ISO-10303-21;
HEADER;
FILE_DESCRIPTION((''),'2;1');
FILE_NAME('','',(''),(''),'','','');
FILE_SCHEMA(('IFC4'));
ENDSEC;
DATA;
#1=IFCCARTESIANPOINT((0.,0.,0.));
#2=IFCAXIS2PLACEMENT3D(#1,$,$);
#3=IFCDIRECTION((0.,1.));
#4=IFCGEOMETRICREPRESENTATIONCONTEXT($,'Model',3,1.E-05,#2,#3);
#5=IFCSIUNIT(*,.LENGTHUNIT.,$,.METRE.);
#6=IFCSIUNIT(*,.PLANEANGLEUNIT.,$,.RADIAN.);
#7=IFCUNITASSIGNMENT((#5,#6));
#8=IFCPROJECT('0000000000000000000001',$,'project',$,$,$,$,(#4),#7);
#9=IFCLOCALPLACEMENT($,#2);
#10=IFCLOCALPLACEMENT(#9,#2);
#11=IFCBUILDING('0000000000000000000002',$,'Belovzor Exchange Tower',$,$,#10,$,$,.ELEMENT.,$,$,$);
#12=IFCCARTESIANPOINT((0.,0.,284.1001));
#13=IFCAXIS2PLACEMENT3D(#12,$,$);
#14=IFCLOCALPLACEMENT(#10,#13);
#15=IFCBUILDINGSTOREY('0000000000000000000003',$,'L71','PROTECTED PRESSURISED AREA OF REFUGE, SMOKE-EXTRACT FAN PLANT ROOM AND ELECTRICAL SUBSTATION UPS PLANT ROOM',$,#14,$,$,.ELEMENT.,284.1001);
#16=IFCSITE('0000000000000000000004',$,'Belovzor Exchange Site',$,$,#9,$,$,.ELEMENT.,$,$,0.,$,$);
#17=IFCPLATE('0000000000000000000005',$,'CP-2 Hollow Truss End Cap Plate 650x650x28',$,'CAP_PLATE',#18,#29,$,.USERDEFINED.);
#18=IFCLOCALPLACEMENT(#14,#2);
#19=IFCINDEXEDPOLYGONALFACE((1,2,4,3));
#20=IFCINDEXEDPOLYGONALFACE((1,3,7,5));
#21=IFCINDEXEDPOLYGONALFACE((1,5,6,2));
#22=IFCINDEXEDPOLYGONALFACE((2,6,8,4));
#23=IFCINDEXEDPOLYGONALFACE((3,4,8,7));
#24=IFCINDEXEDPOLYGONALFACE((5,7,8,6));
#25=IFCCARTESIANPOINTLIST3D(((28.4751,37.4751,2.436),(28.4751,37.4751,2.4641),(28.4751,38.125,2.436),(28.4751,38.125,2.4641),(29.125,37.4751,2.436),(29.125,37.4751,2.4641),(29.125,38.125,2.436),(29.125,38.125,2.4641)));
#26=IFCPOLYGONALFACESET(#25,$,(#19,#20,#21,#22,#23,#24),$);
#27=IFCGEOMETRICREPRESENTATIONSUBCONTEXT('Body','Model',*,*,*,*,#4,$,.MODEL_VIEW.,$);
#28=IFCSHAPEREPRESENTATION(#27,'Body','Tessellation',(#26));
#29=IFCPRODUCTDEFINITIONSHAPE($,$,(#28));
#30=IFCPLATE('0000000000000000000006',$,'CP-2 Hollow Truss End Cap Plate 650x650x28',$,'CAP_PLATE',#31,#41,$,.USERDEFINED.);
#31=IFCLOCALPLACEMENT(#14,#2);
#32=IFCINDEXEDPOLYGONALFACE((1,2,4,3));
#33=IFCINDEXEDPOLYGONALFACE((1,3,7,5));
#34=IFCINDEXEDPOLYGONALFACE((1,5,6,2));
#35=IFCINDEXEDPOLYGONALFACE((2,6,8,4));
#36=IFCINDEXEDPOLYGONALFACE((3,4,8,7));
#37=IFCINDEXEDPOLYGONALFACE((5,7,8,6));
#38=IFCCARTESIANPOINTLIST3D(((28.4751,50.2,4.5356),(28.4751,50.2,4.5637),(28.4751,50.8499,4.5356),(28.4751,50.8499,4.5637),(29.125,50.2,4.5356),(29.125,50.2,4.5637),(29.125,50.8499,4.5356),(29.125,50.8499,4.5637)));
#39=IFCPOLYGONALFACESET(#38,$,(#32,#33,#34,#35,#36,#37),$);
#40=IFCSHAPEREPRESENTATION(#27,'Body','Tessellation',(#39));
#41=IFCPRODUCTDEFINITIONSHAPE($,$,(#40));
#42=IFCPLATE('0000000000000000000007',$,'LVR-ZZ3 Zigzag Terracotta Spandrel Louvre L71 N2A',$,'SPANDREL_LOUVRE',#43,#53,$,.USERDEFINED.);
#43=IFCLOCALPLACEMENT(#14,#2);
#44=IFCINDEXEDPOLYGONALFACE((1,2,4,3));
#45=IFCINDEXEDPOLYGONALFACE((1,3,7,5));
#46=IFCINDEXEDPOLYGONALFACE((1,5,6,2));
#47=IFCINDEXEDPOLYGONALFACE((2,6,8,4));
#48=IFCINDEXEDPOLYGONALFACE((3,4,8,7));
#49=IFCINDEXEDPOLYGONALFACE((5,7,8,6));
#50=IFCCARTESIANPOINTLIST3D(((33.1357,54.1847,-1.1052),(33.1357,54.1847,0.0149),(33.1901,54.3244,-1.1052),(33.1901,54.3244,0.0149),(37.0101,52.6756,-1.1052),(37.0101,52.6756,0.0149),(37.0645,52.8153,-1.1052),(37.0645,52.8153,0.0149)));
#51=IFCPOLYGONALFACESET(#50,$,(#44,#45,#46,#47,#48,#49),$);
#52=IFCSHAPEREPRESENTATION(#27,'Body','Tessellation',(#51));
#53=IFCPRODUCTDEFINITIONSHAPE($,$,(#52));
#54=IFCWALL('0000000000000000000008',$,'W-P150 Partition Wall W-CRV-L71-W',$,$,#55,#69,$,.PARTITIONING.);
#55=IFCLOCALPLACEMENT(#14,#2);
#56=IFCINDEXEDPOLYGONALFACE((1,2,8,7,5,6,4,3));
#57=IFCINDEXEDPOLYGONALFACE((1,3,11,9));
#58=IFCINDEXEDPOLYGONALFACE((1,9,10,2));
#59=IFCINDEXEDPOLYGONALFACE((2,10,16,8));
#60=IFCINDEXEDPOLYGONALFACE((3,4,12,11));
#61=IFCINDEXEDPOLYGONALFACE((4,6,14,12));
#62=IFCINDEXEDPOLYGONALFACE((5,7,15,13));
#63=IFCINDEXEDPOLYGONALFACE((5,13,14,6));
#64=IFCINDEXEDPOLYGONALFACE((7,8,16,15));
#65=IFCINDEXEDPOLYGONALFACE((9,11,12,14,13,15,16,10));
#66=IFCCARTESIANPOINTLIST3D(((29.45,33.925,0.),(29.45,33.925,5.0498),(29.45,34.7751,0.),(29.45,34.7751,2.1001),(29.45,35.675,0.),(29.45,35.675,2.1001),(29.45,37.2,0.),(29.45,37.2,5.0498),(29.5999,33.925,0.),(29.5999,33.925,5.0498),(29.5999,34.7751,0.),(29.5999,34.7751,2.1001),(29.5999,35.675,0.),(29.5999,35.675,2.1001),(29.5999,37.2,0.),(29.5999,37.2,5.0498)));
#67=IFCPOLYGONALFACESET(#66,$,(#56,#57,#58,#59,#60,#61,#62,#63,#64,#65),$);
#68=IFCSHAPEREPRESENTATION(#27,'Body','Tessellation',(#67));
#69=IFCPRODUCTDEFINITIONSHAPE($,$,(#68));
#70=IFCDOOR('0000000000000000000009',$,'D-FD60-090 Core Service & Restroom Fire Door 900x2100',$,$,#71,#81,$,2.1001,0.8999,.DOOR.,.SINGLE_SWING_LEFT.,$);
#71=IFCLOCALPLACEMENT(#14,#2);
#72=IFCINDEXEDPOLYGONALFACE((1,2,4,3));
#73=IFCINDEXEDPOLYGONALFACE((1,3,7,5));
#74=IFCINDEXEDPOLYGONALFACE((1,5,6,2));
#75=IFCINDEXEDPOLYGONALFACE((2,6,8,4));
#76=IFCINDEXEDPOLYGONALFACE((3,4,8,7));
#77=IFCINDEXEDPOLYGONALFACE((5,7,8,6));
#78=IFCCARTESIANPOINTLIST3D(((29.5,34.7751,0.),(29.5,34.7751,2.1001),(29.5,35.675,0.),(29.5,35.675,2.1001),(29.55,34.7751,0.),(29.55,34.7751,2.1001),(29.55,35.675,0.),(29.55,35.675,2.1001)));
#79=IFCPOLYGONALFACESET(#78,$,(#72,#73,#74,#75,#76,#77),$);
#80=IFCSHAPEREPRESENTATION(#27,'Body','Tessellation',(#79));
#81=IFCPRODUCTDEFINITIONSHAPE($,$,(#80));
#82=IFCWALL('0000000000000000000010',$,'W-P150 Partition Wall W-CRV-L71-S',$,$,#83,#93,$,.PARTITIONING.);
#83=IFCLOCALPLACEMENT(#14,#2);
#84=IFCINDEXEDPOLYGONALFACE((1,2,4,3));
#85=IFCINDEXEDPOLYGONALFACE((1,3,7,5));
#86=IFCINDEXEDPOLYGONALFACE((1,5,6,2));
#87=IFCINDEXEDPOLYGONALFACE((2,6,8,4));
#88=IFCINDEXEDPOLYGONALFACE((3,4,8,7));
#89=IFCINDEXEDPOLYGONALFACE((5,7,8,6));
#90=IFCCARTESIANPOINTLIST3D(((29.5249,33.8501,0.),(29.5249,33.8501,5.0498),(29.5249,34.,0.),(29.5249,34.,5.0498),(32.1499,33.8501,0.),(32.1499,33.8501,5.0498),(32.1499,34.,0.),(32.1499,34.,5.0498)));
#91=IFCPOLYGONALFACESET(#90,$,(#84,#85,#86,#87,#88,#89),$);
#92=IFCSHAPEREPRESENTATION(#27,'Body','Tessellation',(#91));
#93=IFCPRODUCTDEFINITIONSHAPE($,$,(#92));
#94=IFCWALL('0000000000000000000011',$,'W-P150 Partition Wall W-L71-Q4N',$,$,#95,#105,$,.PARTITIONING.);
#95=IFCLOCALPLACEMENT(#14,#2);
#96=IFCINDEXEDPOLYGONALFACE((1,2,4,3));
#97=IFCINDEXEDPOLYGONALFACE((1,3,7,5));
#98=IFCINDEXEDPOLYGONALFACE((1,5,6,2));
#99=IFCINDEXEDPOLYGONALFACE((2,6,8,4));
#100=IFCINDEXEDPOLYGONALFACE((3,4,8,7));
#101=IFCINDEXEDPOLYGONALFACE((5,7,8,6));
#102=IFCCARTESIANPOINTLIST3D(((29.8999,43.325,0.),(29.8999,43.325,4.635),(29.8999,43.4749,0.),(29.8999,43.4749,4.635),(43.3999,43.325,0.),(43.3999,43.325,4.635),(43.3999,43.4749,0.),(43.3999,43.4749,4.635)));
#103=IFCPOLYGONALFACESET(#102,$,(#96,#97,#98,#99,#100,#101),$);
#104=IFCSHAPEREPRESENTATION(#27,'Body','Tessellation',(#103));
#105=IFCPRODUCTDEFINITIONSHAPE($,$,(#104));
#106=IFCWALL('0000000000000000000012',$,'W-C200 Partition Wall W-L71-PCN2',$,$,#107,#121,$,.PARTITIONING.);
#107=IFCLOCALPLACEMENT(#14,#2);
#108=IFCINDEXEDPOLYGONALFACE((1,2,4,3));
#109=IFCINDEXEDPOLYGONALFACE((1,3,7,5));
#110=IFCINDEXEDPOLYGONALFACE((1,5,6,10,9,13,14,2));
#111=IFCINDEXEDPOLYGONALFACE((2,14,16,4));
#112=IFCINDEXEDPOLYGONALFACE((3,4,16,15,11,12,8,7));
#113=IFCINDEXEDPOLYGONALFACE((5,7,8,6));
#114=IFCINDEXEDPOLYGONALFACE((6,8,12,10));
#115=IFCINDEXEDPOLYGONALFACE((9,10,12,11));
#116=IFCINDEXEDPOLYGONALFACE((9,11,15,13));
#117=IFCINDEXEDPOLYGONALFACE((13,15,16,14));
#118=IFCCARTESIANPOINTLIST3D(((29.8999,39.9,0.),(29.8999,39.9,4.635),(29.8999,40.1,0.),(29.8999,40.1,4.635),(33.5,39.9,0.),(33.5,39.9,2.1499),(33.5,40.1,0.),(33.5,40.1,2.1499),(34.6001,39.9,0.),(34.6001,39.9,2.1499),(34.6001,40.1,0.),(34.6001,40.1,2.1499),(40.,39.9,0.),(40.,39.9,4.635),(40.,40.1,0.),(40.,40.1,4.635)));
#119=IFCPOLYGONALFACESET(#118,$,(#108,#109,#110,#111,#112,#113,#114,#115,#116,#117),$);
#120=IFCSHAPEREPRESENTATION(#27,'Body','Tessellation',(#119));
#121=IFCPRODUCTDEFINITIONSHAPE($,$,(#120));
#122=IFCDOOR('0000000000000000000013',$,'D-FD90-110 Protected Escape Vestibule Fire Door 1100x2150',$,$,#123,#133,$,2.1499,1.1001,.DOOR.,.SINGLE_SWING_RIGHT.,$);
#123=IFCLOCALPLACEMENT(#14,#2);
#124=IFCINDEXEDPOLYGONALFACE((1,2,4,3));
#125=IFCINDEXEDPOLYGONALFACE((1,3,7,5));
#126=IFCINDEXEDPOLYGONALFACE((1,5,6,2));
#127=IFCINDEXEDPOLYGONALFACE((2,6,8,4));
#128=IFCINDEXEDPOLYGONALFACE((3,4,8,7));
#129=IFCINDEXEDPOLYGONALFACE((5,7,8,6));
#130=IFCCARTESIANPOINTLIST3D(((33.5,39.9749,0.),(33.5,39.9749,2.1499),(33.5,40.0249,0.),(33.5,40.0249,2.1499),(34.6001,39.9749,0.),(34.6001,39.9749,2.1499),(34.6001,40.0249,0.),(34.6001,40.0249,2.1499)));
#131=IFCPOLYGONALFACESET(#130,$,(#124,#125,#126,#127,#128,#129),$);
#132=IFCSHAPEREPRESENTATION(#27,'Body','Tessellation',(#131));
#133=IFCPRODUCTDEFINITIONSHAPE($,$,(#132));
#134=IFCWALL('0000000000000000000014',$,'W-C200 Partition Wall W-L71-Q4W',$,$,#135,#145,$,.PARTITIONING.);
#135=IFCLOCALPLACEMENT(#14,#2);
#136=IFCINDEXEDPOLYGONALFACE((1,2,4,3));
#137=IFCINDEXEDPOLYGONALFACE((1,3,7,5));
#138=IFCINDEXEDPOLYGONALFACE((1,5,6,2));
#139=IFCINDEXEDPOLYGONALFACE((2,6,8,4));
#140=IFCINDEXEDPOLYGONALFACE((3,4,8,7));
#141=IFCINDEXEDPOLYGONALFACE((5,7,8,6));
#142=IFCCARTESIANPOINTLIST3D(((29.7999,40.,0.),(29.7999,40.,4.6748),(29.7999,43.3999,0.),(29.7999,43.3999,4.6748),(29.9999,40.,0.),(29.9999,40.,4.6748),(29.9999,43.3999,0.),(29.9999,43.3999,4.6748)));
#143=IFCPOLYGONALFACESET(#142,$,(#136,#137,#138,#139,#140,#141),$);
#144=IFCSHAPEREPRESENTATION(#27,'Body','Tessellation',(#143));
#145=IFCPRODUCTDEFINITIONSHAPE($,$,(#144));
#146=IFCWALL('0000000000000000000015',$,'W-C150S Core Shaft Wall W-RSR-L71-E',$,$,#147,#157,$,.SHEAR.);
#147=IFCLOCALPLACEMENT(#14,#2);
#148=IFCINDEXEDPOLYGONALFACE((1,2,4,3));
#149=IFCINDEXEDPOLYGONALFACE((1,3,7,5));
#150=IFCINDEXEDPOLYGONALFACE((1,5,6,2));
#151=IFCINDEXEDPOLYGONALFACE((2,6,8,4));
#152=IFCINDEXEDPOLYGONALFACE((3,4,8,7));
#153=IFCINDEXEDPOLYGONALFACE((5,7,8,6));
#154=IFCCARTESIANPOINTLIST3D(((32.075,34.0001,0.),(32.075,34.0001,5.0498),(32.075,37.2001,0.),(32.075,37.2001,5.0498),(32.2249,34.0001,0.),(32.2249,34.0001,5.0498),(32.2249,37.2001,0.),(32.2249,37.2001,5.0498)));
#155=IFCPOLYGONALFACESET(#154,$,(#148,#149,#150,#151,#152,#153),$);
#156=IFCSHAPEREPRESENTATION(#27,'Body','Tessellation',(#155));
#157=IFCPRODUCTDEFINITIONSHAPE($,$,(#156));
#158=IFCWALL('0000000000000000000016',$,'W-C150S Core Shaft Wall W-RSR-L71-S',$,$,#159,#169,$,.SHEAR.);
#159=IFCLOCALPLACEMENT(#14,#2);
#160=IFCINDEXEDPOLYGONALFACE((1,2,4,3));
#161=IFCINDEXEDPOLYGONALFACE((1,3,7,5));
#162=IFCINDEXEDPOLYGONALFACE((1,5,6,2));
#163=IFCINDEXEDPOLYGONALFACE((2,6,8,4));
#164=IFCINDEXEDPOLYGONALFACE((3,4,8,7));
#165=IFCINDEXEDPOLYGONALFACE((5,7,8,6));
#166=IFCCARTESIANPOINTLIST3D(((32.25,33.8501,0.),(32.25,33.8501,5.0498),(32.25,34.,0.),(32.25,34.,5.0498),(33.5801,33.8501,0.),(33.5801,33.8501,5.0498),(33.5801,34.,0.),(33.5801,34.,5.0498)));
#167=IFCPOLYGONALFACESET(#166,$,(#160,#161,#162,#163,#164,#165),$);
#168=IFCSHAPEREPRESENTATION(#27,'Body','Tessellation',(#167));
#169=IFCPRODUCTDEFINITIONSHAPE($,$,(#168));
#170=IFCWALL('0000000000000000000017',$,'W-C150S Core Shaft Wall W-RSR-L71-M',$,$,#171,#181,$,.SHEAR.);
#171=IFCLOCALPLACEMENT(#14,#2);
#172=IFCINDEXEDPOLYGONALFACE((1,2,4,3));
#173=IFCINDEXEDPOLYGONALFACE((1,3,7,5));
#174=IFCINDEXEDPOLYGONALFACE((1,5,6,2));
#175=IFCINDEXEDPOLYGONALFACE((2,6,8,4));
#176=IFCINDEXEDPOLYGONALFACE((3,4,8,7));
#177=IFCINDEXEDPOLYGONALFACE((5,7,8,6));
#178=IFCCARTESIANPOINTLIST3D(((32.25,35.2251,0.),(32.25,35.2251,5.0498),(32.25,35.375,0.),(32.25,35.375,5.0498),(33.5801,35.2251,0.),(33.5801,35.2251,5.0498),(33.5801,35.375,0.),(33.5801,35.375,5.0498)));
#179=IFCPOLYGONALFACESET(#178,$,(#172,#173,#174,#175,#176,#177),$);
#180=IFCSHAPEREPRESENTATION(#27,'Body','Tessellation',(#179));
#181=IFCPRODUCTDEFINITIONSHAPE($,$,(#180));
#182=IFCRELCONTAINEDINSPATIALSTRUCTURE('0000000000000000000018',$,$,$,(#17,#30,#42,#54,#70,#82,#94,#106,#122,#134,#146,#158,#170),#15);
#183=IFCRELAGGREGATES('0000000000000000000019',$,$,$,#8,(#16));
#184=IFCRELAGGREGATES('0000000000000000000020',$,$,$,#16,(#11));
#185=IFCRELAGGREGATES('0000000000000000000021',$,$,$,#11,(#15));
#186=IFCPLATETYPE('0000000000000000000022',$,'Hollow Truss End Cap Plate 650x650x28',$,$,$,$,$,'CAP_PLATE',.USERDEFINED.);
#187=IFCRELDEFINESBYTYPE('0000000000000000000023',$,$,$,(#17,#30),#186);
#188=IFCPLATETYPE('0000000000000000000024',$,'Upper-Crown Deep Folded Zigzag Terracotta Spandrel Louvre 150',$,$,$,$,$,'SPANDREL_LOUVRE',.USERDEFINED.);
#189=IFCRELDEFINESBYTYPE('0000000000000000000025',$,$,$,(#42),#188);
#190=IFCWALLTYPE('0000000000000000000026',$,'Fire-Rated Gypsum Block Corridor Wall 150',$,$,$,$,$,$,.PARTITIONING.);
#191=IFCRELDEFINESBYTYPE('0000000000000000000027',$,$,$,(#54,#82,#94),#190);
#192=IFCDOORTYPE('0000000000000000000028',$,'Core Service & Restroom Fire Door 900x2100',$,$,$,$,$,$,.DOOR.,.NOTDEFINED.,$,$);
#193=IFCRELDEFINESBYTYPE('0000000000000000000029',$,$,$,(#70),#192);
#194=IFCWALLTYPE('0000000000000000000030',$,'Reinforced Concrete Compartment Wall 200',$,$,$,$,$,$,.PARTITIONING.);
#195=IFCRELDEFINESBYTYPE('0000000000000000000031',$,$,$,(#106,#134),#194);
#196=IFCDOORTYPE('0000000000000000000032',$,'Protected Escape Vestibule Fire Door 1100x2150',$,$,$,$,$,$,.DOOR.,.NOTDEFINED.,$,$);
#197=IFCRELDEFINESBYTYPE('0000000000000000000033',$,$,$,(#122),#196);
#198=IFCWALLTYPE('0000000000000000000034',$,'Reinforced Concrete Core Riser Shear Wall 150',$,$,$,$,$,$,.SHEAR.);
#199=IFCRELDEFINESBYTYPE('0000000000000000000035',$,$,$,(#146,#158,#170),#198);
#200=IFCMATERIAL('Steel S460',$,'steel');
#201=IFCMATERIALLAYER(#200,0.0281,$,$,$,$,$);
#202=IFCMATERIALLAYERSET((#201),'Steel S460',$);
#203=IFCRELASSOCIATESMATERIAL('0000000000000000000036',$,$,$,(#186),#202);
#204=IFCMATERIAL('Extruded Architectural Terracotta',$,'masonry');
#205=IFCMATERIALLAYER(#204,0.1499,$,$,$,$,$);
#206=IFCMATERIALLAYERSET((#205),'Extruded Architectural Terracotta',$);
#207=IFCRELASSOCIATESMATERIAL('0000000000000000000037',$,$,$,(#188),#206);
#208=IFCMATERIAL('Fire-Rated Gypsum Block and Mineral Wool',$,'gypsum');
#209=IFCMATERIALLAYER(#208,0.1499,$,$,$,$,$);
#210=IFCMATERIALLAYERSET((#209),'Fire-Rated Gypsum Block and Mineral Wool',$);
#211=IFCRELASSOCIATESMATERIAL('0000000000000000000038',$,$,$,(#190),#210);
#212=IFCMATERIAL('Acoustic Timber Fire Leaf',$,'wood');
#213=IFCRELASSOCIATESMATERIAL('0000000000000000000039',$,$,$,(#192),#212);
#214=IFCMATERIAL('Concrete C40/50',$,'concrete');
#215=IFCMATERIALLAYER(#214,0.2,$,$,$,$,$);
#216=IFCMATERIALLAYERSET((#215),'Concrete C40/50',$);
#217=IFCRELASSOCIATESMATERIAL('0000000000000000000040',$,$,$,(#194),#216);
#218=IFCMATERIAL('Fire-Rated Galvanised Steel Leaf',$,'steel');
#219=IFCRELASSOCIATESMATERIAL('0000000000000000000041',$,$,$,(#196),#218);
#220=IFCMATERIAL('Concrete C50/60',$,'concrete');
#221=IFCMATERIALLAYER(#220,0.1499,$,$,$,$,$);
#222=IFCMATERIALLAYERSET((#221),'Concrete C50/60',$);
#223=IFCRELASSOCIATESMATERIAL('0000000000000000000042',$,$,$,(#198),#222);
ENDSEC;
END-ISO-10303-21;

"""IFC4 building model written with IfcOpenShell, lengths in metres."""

from ifc_helpers import new_model, si_unit, direction, frame, frame_2d, origin, origin_2d, place, context, subcontext, project, spatial, rectangle, extrude, material, layer, layer_set, type_object, element, fill, save


model = new_model("IFC4")

# Units and contexts
model_context = context("Model", 3, precision=1e-05, world=origin(), true_north=direction((0.0, 1.0)))
body_context = subcontext(model_context, "Body", "Model", "MODEL_VIEW")
ifc_project = project(units=[si_unit("LENGTHUNIT", "METRE"), si_unit("PLANEANGLEUNIT", "RADIAN")], contexts=[model_context])

# Site, building, storey
site_placement = place(None, origin())
site = spatial("IfcSite", under=ifc_project, at=site_placement, Name="Belovzor Exchange Site", CompositionType="ELEMENT", RefElevation=0.0)
building_placement = place(site_placement, origin())
building = spatial("IfcBuilding", under=site, at=building_placement, Name="Belovzor Exchange Tower", CompositionType="ELEMENT")
storey_placement = place(building_placement, frame((0.0, 0.0, 284.1001)))
storey = spatial("IfcBuildingStorey", under=building, at=storey_placement, Name="L71", Description="PROTECTED PRESSURISED AREA OF REFUGE, SMOKE-EXTRACT FAN PLANT ROOM AND ELECTRICAL SUBSTATION UPS PLANT ROOM", CompositionType="ELEMENT", Elevation=284.1001)

# Plates
ifc_material_1 = material(Name="Steel S460", Category="steel")
ifc_layer_1 = layer(ifc_material_1, 0.0281)
ifc_layer_set_1 = layer_set([ifc_layer_1], Name="Steel S460")
plate_type_1 = type_object("IfcPlateType", Name="Hollow Truss End Cap Plate 650x650x28", ElementType="CAP_PLATE", PredefinedType="USERDEFINED", material=ifc_layer_set_1)
for number, where, z_axis, x_axis, name in (
    (1, (28.8, 37.8, 2.436), (0.0, 0.0, 1.0), (1.0, 0.0, 0.0), "CP-2 Hollow Truss End Cap Plate 650x650x28"),
    (2, (28.8, 50.5249, 4.5356), (0.0, 0.0, 1.0), (1.0, 0.0, 0.0), "CP-2 Hollow Truss End Cap Plate 650x650x28"),
):
    element("IfcPlate", number, at=place(storey_placement, frame(where, z_axis=z_axis, x_axis=x_axis)), inside=storey, type_object=plate_type_1, Name=name, ObjectType="CAP_PLATE", PredefinedType="USERDEFINED", context=body_context, shape_type="SweptSolid", body=[
        extrude(rectangle(XDim=0.6499, YDim=0.6499, at=origin_2d()), origin(), (0.0, 0.0, 1.0), 0.0281),
    ])
ifc_material_2 = material(Name="Extruded Architectural Terracotta", Category="masonry")
ifc_layer_2 = layer(ifc_material_2, 0.1499)
ifc_layer_set_2 = layer_set([ifc_layer_2], Name="Extruded Architectural Terracotta")
plate_type_2 = type_object("IfcPlateType", Name="Upper-Crown Deep Folded Zigzag Terracotta Spandrel Louvre 150", ElementType="SPANDREL_LOUVRE", PredefinedType="USERDEFINED", material=ifc_layer_set_2)
plate_1_placement = place(storey_placement, frame((35.1001, 53.5, -1.1052), z_axis=(0.0, 0.0, 1.0), x_axis=(0.931818, -0.362926, 0.0)))
element("IfcPlate", 3, at=plate_1_placement, inside=storey, type_object=plate_type_2, Name="LVR-ZZ3 Zigzag Terracotta Spandrel Louvre L71 N2A", ObjectType="SPANDREL_LOUVRE", PredefinedType="USERDEFINED", context=body_context, shape_type="SweptSolid", body=[
    extrude(rectangle(XDim=4.158, YDim=0.1499, at=origin_2d()), origin(), (0.0, 0.0, 1.0), 1.1201),
])

# Wall, opening, door
ifc_material_3 = material(Name="Fire-Rated Gypsum Block and Mineral Wool", Category="gypsum")
ifc_layer_3 = layer(ifc_material_3, 0.1499)
ifc_layer_set_3 = layer_set([ifc_layer_3], Name="Fire-Rated Gypsum Block and Mineral Wool")
wall_type_1 = type_object("IfcWallType", Name="Fire-Rated Gypsum Block Corridor Wall 150", PredefinedType="PARTITIONING", material=ifc_layer_set_3)
wall_1_placement = place(storey_placement, frame((29.5249, 33.925, 0.0), z_axis=(0.0, 0.0, 1.0), x_axis=(0.0, 1.0, 0.0)))
wall_1 = element("IfcWall", 4, at=wall_1_placement, inside=storey, type_object=wall_type_1, Name="W-P150 Partition Wall W-CRV-L71-W", PredefinedType="PARTITIONING", context=body_context, shape_type="SweptSolid", body=[
    extrude(rectangle(XDim=3.2749, YDim=0.1499, at=frame_2d((1.6375, 0.0))), origin(), (0.0, 0.0, 1.0), 5.0498),
])
opening_1_placement = place(wall_1_placement, frame((0.8501, 0.0, 0.0)))
opening_1 = element("IfcOpeningElement", 5, at=opening_1_placement, cuts=wall_1, PredefinedType="OPENING", context=body_context, shape_type="SweptSolid", body=[
    extrude(rectangle(XDim=0.8999, YDim=2.1001, at=frame_2d((0.45, 1.05))), frame((0.0, 0.085, 0.0), z_axis=(0.0, -1.0, 0.0), x_axis=(1.0, 0.0, 0.0)), (0.0, 0.0, 1.0), 0.1699),
])
ifc_material_4 = material(Name="Acoustic Timber Fire Leaf", Category="wood")
door_type_1 = type_object("IfcDoorType", Name="Core Service & Restroom Fire Door 900x2100", OperationType="NOTDEFINED", PredefinedType="DOOR", material=ifc_material_4)
door_1_placement = place(opening_1_placement, origin())
door_1 = element("IfcDoor", 6, at=door_1_placement, inside=storey, type_object=door_type_1, Name="D-FD60-090 Core Service & Restroom Fire Door 900x2100", OperationType="SINGLE_SWING_LEFT", OverallHeight=2.1001, OverallWidth=0.8999, PredefinedType="DOOR", context=body_context, shape_type="SweptSolid", body=[
    extrude(rectangle(XDim=0.8999, YDim=2.1001, at=frame_2d((0.45, 1.05))), frame((0.0, 0.0249, 0.0), z_axis=(0.0, -1.0, 0.0), x_axis=(1.0, 0.0, 0.0)), (0.0, 0.0, 1.0), 0.05),
])
fill(opening_1, door_1)

# Walls
wall_2_placement = place(storey_placement, frame((29.5249, 33.925, 0.0), z_axis=(0.0, 0.0, 1.0), x_axis=(1.0, 0.0, 0.0)))
element("IfcWall", 7, at=wall_2_placement, inside=storey, type_object=wall_type_1, Name="W-P150 Partition Wall W-CRV-L71-S", PredefinedType="PARTITIONING", context=body_context, shape_type="SweptSolid", body=[
    extrude(rectangle(XDim=2.625, YDim=0.1499, at=frame_2d((1.3125, 0.0))), origin(), (0.0, 0.0, 1.0), 5.0498),
])
wall_3_placement = place(storey_placement, frame((29.8999, 43.3999, 0.0), z_axis=(0.0, 0.0, 1.0), x_axis=(1.0, 0.0, 0.0)))
element("IfcWall", 8, at=wall_3_placement, inside=storey, type_object=wall_type_1, Name="W-P150 Partition Wall W-L71-Q4N", PredefinedType="PARTITIONING", context=body_context, shape_type="SweptSolid", body=[
    extrude(rectangle(XDim=13.5, YDim=0.1499, at=frame_2d((6.75, 0.0))), origin(), (0.0, 0.0, 1.0), 4.635),
])

# Wall, opening, door
ifc_material_5 = material(Name="Concrete C40/50", Category="concrete")
ifc_layer_4 = layer(ifc_material_5, 0.2)
ifc_layer_set_4 = layer_set([ifc_layer_4], Name="Concrete C40/50")
wall_type_2 = type_object("IfcWallType", Name="Reinforced Concrete Compartment Wall 200", PredefinedType="PARTITIONING", material=ifc_layer_set_4)
wall_4_placement = place(storey_placement, frame((29.8999, 40.0, 0.0), z_axis=(0.0, 0.0, 1.0), x_axis=(1.0, 0.0, 0.0)))
wall_4 = element("IfcWall", 9, at=wall_4_placement, inside=storey, type_object=wall_type_2, Name="W-C200 Partition Wall W-L71-PCN2", PredefinedType="PARTITIONING", context=body_context, shape_type="SweptSolid", body=[
    extrude(rectangle(XDim=10.1001, YDim=0.2, at=frame_2d((5.05, 0.0))), origin(), (0.0, 0.0, 1.0), 4.635),
])
opening_2_placement = place(wall_4_placement, frame((3.6001, 0.0, 0.0)))
opening_2 = element("IfcOpeningElement", 10, at=opening_2_placement, cuts=wall_4, PredefinedType="OPENING", context=body_context, shape_type="SweptSolid", body=[
    extrude(rectangle(XDim=1.1001, YDim=2.1499, at=frame_2d((0.55, 1.075))), frame((0.0, 0.1099, 0.0), z_axis=(0.0, -1.0, 0.0), x_axis=(1.0, 0.0, 0.0)), (0.0, 0.0, 1.0), 0.22),
])
ifc_material_6 = material(Name="Fire-Rated Galvanised Steel Leaf", Category="steel")
door_type_2 = type_object("IfcDoorType", Name="Protected Escape Vestibule Fire Door 1100x2150", OperationType="NOTDEFINED", PredefinedType="DOOR", material=ifc_material_6)
door_2_placement = place(opening_2_placement, origin())
door_2 = element("IfcDoor", 11, at=door_2_placement, inside=storey, type_object=door_type_2, Name="D-FD90-110 Protected Escape Vestibule Fire Door 1100x2150", OperationType="SINGLE_SWING_RIGHT", OverallHeight=2.1499, OverallWidth=1.1001, PredefinedType="DOOR", context=body_context, shape_type="SweptSolid", body=[
    extrude(rectangle(XDim=1.1001, YDim=2.1499, at=frame_2d((0.55, 1.075))), frame((0.0, 0.0249, 0.0), z_axis=(0.0, -1.0, 0.0), x_axis=(1.0, 0.0, 0.0)), (0.0, 0.0, 1.0), 0.05),
])
fill(opening_2, door_2)

# Walls
wall_5_placement = place(storey_placement, frame((29.8999, 40.0, 0.0), z_axis=(0.0, 0.0, 1.0), x_axis=(0.0, 1.0, 0.0)))
element("IfcWall", 12, at=wall_5_placement, inside=storey, type_object=wall_type_2, Name="W-C200 Partition Wall W-L71-Q4W", PredefinedType="PARTITIONING", context=body_context, shape_type="SweptSolid", body=[
    extrude(rectangle(XDim=3.3999, YDim=0.2, at=frame_2d((1.7, 0.0))), origin(), (0.0, 0.0, 1.0), 4.6748),
])
ifc_material_7 = material(Name="Concrete C50/60", Category="concrete")
ifc_layer_5 = layer(ifc_material_7, 0.1499)
ifc_layer_set_5 = layer_set([ifc_layer_5], Name="Concrete C50/60")
wall_type_3 = type_object("IfcWallType", Name="Reinforced Concrete Core Riser Shear Wall 150", PredefinedType="SHEAR", material=ifc_layer_set_5)
wall_6_placement = place(storey_placement, frame((32.1499, 34.0, 0.0), z_axis=(0.0, 0.0, 1.0), x_axis=(0.0, 1.0, 0.0)))
element("IfcWall", 13, at=wall_6_placement, inside=storey, type_object=wall_type_3, Name="W-C150S Core Shaft Wall W-RSR-L71-E", PredefinedType="SHEAR", context=body_context, shape_type="SweptSolid", body=[
    extrude(rectangle(XDim=3.2, YDim=0.1499, at=frame_2d((1.6001, 0.0))), origin(), (0.0, 0.0, 1.0), 5.0498),
])
for number, where, z_axis, x_axis, name in (
    (14, (32.25, 33.925, 0.0), (0.0, 0.0, 1.0), (1.0, 0.0, 0.0), "W-C150S Core Shaft Wall W-RSR-L71-S"),
    (15, (32.25, 35.3, 0.0), (0.0, 0.0, 1.0), (1.0, 0.0, 0.0), "W-C150S Core Shaft Wall W-RSR-L71-M"),
):
    element("IfcWall", number, at=place(storey_placement, frame(where, z_axis=z_axis, x_axis=x_axis)), inside=storey, type_object=wall_type_3, Name=name, PredefinedType="SHEAR", context=body_context, shape_type="SweptSolid", body=[
        extrude(rectangle(XDim=1.3301, YDim=0.1499, at=frame_2d((0.665, 0.0))), origin(), (0.0, 0.0, 1.0), 5.0498),
    ])

save(model, "model.ifc")
